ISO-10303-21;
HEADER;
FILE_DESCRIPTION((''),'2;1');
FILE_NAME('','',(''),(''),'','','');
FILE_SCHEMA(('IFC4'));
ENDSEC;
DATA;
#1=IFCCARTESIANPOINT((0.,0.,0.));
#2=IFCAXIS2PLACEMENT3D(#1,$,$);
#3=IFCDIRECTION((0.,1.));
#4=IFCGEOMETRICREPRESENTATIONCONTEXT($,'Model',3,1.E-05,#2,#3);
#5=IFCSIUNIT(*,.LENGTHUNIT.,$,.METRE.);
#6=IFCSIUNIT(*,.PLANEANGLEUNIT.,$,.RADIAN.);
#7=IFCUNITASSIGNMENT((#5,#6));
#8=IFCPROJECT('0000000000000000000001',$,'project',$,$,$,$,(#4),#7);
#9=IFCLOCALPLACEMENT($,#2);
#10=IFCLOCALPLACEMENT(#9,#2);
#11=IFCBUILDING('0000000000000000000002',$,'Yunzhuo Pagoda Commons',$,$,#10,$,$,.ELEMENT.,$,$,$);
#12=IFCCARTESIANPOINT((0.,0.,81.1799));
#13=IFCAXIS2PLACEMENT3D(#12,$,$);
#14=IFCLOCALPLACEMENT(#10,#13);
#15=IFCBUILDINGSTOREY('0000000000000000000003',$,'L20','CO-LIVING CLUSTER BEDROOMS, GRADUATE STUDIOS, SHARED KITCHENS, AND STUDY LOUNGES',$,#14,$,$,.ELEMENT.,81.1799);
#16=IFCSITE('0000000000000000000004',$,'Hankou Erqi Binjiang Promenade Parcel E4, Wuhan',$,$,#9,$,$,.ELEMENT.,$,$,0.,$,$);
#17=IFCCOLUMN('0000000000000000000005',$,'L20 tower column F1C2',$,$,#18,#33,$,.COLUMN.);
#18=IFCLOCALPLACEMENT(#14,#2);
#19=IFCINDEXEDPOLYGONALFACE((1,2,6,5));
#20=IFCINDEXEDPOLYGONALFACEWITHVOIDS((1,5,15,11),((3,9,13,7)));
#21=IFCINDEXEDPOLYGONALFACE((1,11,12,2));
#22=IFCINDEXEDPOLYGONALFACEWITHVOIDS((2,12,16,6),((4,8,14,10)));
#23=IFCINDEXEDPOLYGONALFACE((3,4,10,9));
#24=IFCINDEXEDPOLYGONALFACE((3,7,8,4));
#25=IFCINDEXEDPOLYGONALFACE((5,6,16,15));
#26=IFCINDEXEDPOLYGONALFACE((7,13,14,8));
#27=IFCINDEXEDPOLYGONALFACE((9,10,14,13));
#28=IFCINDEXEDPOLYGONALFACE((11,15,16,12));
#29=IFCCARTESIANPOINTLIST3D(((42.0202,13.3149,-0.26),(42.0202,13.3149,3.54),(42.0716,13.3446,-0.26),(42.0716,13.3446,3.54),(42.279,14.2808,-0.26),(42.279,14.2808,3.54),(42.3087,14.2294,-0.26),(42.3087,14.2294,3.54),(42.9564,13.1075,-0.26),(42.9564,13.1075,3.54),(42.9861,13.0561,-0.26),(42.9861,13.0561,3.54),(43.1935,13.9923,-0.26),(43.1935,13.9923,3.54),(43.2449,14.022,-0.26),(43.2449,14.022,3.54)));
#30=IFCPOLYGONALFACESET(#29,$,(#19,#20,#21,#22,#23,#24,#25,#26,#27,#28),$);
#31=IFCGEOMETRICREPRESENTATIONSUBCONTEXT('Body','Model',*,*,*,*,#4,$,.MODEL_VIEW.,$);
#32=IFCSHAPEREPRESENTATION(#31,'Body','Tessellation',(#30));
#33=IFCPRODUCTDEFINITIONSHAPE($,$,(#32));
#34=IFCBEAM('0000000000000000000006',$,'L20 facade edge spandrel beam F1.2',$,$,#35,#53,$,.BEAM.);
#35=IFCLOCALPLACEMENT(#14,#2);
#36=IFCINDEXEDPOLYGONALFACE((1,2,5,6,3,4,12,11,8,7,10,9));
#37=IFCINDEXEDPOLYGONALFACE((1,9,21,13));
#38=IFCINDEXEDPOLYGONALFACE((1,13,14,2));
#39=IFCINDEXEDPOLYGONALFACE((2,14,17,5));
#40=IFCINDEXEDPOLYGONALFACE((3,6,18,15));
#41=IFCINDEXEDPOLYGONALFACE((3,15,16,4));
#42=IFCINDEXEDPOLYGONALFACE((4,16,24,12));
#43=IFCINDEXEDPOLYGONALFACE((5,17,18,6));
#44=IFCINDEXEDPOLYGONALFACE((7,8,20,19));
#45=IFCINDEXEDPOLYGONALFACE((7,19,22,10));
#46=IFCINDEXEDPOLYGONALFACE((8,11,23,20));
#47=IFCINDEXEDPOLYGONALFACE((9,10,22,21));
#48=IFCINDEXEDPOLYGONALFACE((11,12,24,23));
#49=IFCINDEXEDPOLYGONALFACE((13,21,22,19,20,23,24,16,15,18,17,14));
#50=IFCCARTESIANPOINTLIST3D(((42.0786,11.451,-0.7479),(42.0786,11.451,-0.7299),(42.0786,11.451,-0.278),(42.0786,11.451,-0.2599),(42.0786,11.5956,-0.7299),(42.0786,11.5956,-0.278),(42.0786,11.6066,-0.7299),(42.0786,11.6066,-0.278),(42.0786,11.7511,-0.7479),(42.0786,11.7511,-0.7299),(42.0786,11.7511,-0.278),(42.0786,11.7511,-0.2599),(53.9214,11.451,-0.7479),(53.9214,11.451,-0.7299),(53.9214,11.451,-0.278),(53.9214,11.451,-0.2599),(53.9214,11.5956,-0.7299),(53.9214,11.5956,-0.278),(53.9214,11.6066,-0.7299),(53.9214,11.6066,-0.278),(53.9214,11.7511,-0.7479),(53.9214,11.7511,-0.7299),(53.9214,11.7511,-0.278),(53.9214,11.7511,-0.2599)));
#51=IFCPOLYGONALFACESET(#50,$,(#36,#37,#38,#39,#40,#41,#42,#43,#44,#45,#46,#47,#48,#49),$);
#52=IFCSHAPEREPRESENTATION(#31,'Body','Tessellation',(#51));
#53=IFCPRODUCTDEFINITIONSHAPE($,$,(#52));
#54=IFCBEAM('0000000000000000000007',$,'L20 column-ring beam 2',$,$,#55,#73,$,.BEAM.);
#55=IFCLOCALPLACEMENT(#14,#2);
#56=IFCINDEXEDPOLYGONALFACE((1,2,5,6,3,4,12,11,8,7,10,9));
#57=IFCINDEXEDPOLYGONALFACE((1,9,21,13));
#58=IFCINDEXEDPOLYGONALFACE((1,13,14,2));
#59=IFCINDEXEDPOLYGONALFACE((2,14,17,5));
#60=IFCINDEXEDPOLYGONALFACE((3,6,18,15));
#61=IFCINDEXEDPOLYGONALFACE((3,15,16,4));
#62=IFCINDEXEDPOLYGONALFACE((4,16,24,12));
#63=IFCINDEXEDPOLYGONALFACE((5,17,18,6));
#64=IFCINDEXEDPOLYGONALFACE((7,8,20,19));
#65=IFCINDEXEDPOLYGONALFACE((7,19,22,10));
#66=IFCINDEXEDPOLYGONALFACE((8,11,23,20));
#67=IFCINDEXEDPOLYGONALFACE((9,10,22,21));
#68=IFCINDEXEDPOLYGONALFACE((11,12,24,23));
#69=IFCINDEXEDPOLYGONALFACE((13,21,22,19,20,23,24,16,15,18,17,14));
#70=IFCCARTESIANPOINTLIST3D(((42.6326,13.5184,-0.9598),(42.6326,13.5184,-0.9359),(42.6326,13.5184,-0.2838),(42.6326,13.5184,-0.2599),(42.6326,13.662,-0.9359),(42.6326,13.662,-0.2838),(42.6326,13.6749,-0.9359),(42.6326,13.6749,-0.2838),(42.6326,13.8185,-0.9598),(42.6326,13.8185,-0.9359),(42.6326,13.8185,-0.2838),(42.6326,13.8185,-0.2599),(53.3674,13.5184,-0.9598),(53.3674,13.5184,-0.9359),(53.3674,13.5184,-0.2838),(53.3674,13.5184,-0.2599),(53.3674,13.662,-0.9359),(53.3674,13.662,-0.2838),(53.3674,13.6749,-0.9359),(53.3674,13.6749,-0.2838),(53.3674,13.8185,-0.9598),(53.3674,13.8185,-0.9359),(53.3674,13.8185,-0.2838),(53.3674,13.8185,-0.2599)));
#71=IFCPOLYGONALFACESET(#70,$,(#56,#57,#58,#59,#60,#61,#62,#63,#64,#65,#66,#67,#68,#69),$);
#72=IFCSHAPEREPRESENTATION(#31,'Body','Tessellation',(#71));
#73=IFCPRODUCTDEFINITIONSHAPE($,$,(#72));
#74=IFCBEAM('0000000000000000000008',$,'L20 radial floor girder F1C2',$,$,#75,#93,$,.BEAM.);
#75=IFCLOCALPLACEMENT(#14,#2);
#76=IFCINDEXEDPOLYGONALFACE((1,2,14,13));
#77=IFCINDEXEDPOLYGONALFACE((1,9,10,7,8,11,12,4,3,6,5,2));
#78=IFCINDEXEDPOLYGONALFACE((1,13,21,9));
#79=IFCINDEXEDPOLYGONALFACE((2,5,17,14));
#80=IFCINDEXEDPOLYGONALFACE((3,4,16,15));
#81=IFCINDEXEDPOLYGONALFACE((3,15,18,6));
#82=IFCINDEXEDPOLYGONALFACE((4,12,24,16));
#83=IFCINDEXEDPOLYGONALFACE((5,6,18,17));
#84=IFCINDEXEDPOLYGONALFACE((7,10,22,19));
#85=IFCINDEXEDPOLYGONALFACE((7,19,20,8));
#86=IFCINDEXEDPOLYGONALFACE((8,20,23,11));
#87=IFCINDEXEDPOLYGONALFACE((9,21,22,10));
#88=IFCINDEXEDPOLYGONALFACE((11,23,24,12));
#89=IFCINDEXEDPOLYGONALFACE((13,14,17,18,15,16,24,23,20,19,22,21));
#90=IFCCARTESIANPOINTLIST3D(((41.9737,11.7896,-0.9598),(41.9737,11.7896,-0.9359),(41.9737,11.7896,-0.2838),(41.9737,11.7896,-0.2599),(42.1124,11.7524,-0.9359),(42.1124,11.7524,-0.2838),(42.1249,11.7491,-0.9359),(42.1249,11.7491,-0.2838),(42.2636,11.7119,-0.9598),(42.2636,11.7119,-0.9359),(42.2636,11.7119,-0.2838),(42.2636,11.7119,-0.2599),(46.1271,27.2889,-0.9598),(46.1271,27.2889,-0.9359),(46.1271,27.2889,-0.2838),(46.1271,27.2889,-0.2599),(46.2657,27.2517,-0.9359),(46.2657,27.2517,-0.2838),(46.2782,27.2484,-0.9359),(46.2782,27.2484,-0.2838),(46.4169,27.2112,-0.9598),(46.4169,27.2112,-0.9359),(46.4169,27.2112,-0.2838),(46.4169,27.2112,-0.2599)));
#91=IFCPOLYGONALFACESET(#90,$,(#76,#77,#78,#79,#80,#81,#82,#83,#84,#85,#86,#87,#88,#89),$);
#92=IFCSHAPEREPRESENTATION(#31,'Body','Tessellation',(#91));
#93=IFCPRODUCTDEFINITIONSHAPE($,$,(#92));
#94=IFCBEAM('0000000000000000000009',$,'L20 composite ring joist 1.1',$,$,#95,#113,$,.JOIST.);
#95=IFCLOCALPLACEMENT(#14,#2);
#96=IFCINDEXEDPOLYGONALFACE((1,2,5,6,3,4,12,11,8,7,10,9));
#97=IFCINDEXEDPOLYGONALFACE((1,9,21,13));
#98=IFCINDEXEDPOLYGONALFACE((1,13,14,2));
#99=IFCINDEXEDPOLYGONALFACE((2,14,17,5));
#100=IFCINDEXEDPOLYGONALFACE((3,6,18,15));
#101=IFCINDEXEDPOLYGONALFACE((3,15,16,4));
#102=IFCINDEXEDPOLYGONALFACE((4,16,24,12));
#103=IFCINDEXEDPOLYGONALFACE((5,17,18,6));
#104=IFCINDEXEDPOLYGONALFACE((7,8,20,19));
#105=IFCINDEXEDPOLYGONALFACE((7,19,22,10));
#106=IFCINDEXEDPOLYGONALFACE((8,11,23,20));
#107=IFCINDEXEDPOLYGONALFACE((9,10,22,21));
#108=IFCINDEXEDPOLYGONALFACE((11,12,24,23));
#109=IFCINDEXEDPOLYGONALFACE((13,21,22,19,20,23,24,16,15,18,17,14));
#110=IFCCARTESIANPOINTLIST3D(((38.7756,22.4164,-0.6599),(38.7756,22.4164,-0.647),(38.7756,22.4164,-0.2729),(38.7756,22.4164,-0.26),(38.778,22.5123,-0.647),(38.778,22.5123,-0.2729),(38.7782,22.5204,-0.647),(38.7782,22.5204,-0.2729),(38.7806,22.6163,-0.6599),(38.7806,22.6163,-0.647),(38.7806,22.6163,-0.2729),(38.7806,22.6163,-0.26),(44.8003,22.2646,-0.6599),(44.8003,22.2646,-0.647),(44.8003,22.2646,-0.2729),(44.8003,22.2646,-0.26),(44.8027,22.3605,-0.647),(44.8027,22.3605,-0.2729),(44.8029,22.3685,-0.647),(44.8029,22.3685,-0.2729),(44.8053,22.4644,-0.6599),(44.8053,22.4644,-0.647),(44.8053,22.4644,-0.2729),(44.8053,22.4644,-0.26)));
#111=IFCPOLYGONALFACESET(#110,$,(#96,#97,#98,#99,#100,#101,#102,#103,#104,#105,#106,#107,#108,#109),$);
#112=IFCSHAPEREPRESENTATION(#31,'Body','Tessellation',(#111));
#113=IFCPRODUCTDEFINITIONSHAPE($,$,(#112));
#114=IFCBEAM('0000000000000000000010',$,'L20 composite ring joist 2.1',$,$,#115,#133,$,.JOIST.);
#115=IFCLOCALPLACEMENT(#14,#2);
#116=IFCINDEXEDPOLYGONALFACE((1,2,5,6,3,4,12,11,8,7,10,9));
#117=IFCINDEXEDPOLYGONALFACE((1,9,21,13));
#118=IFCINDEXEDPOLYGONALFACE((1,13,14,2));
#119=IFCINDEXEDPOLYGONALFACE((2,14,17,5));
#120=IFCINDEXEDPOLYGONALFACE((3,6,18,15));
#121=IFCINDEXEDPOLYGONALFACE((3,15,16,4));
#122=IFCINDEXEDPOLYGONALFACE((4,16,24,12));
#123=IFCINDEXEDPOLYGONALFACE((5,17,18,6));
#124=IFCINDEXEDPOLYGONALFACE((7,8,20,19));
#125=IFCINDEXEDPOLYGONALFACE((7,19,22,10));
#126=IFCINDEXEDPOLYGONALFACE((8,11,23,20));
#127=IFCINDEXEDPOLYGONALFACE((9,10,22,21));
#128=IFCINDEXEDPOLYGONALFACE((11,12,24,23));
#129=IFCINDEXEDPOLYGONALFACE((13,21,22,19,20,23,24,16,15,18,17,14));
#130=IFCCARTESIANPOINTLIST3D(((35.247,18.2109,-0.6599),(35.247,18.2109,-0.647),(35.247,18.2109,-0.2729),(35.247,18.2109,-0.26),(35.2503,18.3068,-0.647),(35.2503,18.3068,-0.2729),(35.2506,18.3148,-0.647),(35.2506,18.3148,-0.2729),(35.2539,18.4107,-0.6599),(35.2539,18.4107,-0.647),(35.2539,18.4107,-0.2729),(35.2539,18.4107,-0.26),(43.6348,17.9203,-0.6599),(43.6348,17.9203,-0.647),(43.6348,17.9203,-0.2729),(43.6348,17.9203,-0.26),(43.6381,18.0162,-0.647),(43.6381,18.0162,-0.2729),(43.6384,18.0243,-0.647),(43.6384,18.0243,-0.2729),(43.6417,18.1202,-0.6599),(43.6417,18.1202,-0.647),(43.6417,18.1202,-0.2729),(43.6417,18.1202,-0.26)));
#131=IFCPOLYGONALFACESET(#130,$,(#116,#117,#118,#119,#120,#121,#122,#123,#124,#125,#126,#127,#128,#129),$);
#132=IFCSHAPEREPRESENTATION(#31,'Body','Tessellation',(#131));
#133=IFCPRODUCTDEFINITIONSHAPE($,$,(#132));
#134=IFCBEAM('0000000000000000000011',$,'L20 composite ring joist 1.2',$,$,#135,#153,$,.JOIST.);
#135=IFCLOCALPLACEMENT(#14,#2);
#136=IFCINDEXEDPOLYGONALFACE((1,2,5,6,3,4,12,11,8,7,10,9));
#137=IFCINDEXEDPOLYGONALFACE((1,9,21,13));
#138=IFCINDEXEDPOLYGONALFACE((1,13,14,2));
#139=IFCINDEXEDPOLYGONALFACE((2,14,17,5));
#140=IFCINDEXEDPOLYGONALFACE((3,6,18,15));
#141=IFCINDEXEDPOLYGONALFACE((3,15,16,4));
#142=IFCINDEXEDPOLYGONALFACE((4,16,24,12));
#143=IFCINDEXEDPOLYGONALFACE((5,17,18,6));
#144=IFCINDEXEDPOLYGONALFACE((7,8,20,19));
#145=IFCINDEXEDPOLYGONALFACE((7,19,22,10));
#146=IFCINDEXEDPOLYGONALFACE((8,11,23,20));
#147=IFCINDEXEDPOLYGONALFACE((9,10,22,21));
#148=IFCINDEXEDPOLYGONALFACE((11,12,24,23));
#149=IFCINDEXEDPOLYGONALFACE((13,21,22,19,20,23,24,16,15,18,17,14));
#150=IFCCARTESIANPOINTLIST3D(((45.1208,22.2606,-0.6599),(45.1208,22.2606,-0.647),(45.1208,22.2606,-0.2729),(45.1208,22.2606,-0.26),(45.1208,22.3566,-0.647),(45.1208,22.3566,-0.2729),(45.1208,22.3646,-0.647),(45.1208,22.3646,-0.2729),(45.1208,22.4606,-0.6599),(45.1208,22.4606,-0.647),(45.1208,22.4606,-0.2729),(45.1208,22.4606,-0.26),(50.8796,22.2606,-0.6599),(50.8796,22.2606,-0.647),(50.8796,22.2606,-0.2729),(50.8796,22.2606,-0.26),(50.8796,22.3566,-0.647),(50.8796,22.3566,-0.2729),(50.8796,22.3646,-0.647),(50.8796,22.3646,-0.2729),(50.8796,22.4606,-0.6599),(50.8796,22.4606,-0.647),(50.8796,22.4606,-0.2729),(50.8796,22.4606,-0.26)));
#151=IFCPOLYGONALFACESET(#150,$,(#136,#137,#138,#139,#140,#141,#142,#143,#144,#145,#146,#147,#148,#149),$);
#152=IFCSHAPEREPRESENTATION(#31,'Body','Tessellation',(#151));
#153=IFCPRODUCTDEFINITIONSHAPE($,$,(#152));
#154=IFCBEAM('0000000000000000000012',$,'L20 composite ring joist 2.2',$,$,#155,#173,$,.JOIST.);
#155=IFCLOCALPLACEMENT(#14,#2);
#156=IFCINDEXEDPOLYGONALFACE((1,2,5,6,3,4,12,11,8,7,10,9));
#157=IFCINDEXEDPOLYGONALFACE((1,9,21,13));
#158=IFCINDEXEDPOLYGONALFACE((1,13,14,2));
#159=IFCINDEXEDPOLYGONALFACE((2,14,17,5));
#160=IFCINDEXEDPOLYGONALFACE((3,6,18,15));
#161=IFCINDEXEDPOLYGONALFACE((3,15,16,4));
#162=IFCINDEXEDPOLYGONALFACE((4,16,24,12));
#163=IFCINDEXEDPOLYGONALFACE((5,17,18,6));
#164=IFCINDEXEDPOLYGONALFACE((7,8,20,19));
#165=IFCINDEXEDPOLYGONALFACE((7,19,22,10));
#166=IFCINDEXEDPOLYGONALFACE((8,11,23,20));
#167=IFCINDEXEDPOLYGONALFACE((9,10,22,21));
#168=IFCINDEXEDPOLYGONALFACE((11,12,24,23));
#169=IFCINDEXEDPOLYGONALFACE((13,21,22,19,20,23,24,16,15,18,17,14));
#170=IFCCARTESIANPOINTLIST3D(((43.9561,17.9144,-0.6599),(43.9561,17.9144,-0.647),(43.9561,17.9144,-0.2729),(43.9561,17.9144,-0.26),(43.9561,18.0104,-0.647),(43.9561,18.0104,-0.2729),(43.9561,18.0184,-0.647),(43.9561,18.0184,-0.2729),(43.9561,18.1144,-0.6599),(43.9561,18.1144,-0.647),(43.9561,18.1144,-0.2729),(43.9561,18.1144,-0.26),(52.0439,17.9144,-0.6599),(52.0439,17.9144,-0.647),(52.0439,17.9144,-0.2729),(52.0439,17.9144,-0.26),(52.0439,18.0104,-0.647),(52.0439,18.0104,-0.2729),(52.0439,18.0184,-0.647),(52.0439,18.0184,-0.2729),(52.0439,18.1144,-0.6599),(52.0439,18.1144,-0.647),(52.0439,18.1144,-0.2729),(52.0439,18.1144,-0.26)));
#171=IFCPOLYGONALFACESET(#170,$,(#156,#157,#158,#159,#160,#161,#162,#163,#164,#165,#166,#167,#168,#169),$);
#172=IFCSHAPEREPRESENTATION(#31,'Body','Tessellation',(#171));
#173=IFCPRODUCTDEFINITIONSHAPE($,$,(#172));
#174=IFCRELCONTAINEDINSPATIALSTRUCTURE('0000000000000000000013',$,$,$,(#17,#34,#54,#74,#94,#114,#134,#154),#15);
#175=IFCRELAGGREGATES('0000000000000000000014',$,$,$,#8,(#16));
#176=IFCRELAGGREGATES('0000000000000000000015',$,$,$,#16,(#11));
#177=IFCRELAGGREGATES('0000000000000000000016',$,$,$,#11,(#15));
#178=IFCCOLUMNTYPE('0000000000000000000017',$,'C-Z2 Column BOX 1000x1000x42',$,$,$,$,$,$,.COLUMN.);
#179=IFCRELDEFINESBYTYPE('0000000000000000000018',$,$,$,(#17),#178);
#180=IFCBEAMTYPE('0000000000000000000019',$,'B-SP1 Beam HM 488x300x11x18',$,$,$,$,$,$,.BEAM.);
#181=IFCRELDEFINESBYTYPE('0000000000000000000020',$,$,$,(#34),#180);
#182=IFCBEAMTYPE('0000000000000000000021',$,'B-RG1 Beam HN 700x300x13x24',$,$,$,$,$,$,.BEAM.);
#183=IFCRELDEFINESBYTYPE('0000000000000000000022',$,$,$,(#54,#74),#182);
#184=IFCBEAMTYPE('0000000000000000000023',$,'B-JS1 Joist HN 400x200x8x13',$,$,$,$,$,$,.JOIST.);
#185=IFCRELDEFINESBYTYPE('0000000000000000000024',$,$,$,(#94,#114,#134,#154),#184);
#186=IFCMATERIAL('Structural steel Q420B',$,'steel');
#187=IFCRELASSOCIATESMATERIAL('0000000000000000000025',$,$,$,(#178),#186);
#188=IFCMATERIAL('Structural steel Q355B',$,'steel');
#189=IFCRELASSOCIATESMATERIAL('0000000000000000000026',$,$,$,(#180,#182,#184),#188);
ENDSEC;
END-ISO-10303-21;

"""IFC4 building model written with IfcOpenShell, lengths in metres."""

from ifc_helpers import new_model, si_unit, direction, frame, origin, origin_2d, place, context, subcontext, project, spatial, hollow_rectangle, i_section, extrude, source, transform, mapped, material, material_profile, profile_set, type_object, element, save


model = new_model("IFC4")

# Units and contexts
model_context = context("Model", 3, precision=1e-05, world=origin(), true_north=direction((0.0, 1.0)))
body_context = subcontext(model_context, "Body", "Model", "MODEL_VIEW")
ifc_project = project(units=[si_unit("LENGTHUNIT", "METRE"), si_unit("PLANEANGLEUNIT", "RADIAN")], contexts=[model_context])

# Site, building, storey
site_placement = place(None, origin())
site = spatial("IfcSite", under=ifc_project, at=site_placement, Name="Hankou Erqi Binjiang Promenade Parcel E4, Wuhan", CompositionType="ELEMENT", RefElevation=0.0)
building_placement = place(site_placement, origin())
building = spatial("IfcBuilding", under=site, at=building_placement, Name="Yunzhuo Pagoda Commons", CompositionType="ELEMENT")
storey_placement = place(building_placement, frame((0.0, 0.0, 81.1799)))
storey = spatial("IfcBuildingStorey", under=building, at=storey_placement, Name="L20", Description="CO-LIVING CLUSTER BEDROOMS, GRADUATE STUDIOS, SHARED KITCHENS, AND STUDY LOUNGES", CompositionType="ELEMENT", Elevation=81.1799)

# Column
ifc_material_1 = material(Name="Structural steel Q420B", Category="steel")
ifc_material_profile_1 = material_profile(ifc_material_1, hollow_rectangle(XDim=1.0, YDim=1.0, WallThickness=0.042, at=origin_2d()), Name="Structural steel Q420B")
ifc_profile_set_1 = profile_set([ifc_material_profile_1], Name="Structural steel Q420B")
column_type = type_object("IfcColumnType", Name="C-Z2 Column BOX 1000x1000x42", PredefinedType="COLUMN", material=ifc_profile_set_1)
shared_shape_1 = source(origin(), body_context, "Body", "SweptSolid", [
    extrude(hollow_rectangle(XDim=1.0, YDim=1.0, WallThickness=0.042, at=origin_2d()), origin(), (0.0, 0.0, 1.0), 3.8),
])
column_placement = place(storey_placement, frame((42.6326, 13.6685, -0.26), z_axis=(0.0, 0.0, 1.0), x_axis=(0.965926, -0.258819, 0.0)))
element("IfcColumn", 1, at=column_placement, inside=storey, type_object=column_type, Name="L20 tower column F1C2", PredefinedType="COLUMN", context=body_context, shape_type="MappedRepresentation", body=[
    mapped(shared_shape_1, transform((0.0, 0.0, 0.0), scale=1.0)),
])

# Beams
ifc_material_2 = material(Name="Structural steel Q355B", Category="steel")
ifc_material_profile_2 = material_profile(ifc_material_2, i_section(OverallWidth=0.3, OverallDepth=0.488, WebThickness=0.011, FlangeThickness=0.0181, at=origin_2d()), Name="Structural steel Q355B")
ifc_profile_set_2 = profile_set([ifc_material_profile_2], Name="Structural steel Q355B")
beam_type_1 = type_object("IfcBeamType", Name="B-SP1 Beam HM 488x300x11x18", PredefinedType="BEAM", material=ifc_profile_set_2)
shared_shape_2 = source(origin(), body_context, "Body", "SweptSolid", [
    extrude(i_section(OverallWidth=0.3, OverallDepth=0.488, WebThickness=0.011, FlangeThickness=0.0181, at=origin_2d()), origin(), (0.0, 0.0, 1.0), 11.8428),
])
beam_1_placement = place(storey_placement, frame((42.0786, 11.6011, -0.5039), z_axis=(1.0, 0.0, 0.0), x_axis=(0.0, 1.0, 0.0)))
element("IfcBeam", 2, at=beam_1_placement, inside=storey, type_object=beam_type_1, Name="L20 facade edge spandrel beam F1.2", PredefinedType="BEAM", context=body_context, shape_type="MappedRepresentation", body=[
    mapped(shared_shape_2, transform((0.0, 0.0, 0.0), scale=1.0)),
])
ifc_material_profile_3 = material_profile(ifc_material_2, i_section(OverallWidth=0.3, OverallDepth=0.7, WebThickness=0.0129, FlangeThickness=0.0239, at=origin_2d()), Name="Structural steel Q355B")
ifc_profile_set_3 = profile_set([ifc_material_profile_3], Name="Structural steel Q355B")
beam_type_2 = type_object("IfcBeamType", Name="B-RG1 Beam HN 700x300x13x24", PredefinedType="BEAM", material=ifc_profile_set_3)
shared_shape_3 = source(origin(), body_context, "Body", "SweptSolid", [
    extrude(i_section(OverallWidth=0.3, OverallDepth=0.7, WebThickness=0.0129, FlangeThickness=0.0239, at=origin_2d()), origin(), (0.0, 0.0, 1.0), 10.7349),
])
beam_2_placement = place(storey_placement, frame((42.6326, 13.6685, -0.6099), z_axis=(1.0, 0.0, 0.0), x_axis=(0.0, 1.0, 0.0)))
element("IfcBeam", 3, at=beam_2_placement, inside=storey, type_object=beam_type_2, Name="L20 column-ring beam 2", PredefinedType="BEAM", context=body_context, shape_type="MappedRepresentation", body=[
    mapped(shared_shape_3, transform((0.0, 0.0, 0.0), scale=1.0)),
])
shared_shape_4 = source(origin(), body_context, "Body", "SweptSolid", [
    extrude(i_section(OverallWidth=0.3, OverallDepth=0.7, WebThickness=0.0129, FlangeThickness=0.0239, at=origin_2d()), origin(), (0.0, 0.0, 1.0), 16.0461),
])
beam_3_placement = place(storey_placement, frame((42.1187, 11.7507, -0.6099), z_axis=(0.258837, 0.965921, 0.0), x_axis=(-0.965921, 0.258837, 0.0)))
element("IfcBeam", 4, at=beam_3_placement, inside=storey, type_object=beam_type_2, Name="L20 radial floor girder F1C2", PredefinedType="BEAM", context=body_context, shape_type="MappedRepresentation", body=[
    mapped(shared_shape_4, transform((0.0, 0.0, 0.0), scale=1.0)),
])
ifc_material_profile_4 = material_profile(ifc_material_2, i_section(OverallWidth=0.2, OverallDepth=0.3999, WebThickness=0.0081, FlangeThickness=0.0129, at=origin_2d()), Name="Structural steel Q355B")
ifc_profile_set_4 = profile_set([ifc_material_profile_4], Name="Structural steel Q355B")
beam_type_3 = type_object("IfcBeamType", Name="B-JS1 Joist HN 400x200x8x13", PredefinedType="JOIST", material=ifc_profile_set_4)
shared_shape_5 = source(origin(), body_context, "Body", "SweptSolid", [
    extrude(i_section(OverallWidth=0.2, OverallDepth=0.3999, WebThickness=0.0081, FlangeThickness=0.0129, at=origin_2d()), origin(), (0.0, 0.0, 1.0), 6.0266),
])
beam_4_placement = place(storey_placement, frame((38.7781, 22.5164, -0.46), z_axis=(0.999682, -0.025198, 0.0), x_axis=(0.025198, 0.999682, 0.0)))
element("IfcBeam", 5, at=beam_4_placement, inside=storey, type_object=beam_type_3, Name="L20 composite ring joist 1.1", PredefinedType="JOIST", context=body_context, shape_type="MappedRepresentation", body=[
    mapped(shared_shape_5, transform((0.0, 0.0, 0.0), scale=1.0)),
])
shared_shape_6 = source(origin(), body_context, "Body", "SweptSolid", [
    extrude(i_section(OverallWidth=0.2, OverallDepth=0.3999, WebThickness=0.0081, FlangeThickness=0.0129, at=origin_2d()), origin(), (0.0, 0.0, 1.0), 8.3928),
])
beam_5_placement = place(storey_placement, frame((35.2505, 18.3108, -0.46), z_axis=(0.999401, -0.034617, 0.0), x_axis=(0.034617, 0.999401, 0.0)))
element("IfcBeam", 6, at=beam_5_placement, inside=storey, type_object=beam_type_3, Name="L20 composite ring joist 2.1", PredefinedType="JOIST", context=body_context, shape_type="MappedRepresentation", body=[
    mapped(shared_shape_6, transform((0.0, 0.0, 0.0), scale=1.0)),
])
shared_shape_7 = source(origin(), body_context, "Body", "SweptSolid", [
    extrude(i_section(OverallWidth=0.2, OverallDepth=0.3999, WebThickness=0.0081, FlangeThickness=0.0129, at=origin_2d()), origin(), (0.0, 0.0, 1.0), 5.7588),
])
beam_6_placement = place(storey_placement, frame((45.1208, 22.3606, -0.46), z_axis=(1.0, 0.0, 0.0), x_axis=(0.0, 1.0, 0.0)))
element("IfcBeam", 7, at=beam_6_placement, inside=storey, type_object=beam_type_3, Name="L20 composite ring joist 1.2", PredefinedType="JOIST", context=body_context, shape_type="MappedRepresentation", body=[
    mapped(shared_shape_7, transform((0.0, 0.0, 0.0), scale=1.0)),
])
shared_shape_8 = source(origin(), body_context, "Body", "SweptSolid", [
    extrude(i_section(OverallWidth=0.2, OverallDepth=0.3999, WebThickness=0.0081, FlangeThickness=0.0129, at=origin_2d()), origin(), (0.0, 0.0, 1.0), 8.0879),
])
beam_7_placement = place(storey_placement, frame((43.9561, 18.0144, -0.46), z_axis=(1.0, 0.0, 0.0), x_axis=(0.0, 1.0, 0.0)))
element("IfcBeam", 8, at=beam_7_placement, inside=storey, type_object=beam_type_3, Name="L20 composite ring joist 2.2", PredefinedType="JOIST", context=body_context, shape_type="MappedRepresentation", body=[
    mapped(shared_shape_8, transform((0.0, 0.0, 0.0), scale=1.0)),
])

save(model, "model.ifc")
